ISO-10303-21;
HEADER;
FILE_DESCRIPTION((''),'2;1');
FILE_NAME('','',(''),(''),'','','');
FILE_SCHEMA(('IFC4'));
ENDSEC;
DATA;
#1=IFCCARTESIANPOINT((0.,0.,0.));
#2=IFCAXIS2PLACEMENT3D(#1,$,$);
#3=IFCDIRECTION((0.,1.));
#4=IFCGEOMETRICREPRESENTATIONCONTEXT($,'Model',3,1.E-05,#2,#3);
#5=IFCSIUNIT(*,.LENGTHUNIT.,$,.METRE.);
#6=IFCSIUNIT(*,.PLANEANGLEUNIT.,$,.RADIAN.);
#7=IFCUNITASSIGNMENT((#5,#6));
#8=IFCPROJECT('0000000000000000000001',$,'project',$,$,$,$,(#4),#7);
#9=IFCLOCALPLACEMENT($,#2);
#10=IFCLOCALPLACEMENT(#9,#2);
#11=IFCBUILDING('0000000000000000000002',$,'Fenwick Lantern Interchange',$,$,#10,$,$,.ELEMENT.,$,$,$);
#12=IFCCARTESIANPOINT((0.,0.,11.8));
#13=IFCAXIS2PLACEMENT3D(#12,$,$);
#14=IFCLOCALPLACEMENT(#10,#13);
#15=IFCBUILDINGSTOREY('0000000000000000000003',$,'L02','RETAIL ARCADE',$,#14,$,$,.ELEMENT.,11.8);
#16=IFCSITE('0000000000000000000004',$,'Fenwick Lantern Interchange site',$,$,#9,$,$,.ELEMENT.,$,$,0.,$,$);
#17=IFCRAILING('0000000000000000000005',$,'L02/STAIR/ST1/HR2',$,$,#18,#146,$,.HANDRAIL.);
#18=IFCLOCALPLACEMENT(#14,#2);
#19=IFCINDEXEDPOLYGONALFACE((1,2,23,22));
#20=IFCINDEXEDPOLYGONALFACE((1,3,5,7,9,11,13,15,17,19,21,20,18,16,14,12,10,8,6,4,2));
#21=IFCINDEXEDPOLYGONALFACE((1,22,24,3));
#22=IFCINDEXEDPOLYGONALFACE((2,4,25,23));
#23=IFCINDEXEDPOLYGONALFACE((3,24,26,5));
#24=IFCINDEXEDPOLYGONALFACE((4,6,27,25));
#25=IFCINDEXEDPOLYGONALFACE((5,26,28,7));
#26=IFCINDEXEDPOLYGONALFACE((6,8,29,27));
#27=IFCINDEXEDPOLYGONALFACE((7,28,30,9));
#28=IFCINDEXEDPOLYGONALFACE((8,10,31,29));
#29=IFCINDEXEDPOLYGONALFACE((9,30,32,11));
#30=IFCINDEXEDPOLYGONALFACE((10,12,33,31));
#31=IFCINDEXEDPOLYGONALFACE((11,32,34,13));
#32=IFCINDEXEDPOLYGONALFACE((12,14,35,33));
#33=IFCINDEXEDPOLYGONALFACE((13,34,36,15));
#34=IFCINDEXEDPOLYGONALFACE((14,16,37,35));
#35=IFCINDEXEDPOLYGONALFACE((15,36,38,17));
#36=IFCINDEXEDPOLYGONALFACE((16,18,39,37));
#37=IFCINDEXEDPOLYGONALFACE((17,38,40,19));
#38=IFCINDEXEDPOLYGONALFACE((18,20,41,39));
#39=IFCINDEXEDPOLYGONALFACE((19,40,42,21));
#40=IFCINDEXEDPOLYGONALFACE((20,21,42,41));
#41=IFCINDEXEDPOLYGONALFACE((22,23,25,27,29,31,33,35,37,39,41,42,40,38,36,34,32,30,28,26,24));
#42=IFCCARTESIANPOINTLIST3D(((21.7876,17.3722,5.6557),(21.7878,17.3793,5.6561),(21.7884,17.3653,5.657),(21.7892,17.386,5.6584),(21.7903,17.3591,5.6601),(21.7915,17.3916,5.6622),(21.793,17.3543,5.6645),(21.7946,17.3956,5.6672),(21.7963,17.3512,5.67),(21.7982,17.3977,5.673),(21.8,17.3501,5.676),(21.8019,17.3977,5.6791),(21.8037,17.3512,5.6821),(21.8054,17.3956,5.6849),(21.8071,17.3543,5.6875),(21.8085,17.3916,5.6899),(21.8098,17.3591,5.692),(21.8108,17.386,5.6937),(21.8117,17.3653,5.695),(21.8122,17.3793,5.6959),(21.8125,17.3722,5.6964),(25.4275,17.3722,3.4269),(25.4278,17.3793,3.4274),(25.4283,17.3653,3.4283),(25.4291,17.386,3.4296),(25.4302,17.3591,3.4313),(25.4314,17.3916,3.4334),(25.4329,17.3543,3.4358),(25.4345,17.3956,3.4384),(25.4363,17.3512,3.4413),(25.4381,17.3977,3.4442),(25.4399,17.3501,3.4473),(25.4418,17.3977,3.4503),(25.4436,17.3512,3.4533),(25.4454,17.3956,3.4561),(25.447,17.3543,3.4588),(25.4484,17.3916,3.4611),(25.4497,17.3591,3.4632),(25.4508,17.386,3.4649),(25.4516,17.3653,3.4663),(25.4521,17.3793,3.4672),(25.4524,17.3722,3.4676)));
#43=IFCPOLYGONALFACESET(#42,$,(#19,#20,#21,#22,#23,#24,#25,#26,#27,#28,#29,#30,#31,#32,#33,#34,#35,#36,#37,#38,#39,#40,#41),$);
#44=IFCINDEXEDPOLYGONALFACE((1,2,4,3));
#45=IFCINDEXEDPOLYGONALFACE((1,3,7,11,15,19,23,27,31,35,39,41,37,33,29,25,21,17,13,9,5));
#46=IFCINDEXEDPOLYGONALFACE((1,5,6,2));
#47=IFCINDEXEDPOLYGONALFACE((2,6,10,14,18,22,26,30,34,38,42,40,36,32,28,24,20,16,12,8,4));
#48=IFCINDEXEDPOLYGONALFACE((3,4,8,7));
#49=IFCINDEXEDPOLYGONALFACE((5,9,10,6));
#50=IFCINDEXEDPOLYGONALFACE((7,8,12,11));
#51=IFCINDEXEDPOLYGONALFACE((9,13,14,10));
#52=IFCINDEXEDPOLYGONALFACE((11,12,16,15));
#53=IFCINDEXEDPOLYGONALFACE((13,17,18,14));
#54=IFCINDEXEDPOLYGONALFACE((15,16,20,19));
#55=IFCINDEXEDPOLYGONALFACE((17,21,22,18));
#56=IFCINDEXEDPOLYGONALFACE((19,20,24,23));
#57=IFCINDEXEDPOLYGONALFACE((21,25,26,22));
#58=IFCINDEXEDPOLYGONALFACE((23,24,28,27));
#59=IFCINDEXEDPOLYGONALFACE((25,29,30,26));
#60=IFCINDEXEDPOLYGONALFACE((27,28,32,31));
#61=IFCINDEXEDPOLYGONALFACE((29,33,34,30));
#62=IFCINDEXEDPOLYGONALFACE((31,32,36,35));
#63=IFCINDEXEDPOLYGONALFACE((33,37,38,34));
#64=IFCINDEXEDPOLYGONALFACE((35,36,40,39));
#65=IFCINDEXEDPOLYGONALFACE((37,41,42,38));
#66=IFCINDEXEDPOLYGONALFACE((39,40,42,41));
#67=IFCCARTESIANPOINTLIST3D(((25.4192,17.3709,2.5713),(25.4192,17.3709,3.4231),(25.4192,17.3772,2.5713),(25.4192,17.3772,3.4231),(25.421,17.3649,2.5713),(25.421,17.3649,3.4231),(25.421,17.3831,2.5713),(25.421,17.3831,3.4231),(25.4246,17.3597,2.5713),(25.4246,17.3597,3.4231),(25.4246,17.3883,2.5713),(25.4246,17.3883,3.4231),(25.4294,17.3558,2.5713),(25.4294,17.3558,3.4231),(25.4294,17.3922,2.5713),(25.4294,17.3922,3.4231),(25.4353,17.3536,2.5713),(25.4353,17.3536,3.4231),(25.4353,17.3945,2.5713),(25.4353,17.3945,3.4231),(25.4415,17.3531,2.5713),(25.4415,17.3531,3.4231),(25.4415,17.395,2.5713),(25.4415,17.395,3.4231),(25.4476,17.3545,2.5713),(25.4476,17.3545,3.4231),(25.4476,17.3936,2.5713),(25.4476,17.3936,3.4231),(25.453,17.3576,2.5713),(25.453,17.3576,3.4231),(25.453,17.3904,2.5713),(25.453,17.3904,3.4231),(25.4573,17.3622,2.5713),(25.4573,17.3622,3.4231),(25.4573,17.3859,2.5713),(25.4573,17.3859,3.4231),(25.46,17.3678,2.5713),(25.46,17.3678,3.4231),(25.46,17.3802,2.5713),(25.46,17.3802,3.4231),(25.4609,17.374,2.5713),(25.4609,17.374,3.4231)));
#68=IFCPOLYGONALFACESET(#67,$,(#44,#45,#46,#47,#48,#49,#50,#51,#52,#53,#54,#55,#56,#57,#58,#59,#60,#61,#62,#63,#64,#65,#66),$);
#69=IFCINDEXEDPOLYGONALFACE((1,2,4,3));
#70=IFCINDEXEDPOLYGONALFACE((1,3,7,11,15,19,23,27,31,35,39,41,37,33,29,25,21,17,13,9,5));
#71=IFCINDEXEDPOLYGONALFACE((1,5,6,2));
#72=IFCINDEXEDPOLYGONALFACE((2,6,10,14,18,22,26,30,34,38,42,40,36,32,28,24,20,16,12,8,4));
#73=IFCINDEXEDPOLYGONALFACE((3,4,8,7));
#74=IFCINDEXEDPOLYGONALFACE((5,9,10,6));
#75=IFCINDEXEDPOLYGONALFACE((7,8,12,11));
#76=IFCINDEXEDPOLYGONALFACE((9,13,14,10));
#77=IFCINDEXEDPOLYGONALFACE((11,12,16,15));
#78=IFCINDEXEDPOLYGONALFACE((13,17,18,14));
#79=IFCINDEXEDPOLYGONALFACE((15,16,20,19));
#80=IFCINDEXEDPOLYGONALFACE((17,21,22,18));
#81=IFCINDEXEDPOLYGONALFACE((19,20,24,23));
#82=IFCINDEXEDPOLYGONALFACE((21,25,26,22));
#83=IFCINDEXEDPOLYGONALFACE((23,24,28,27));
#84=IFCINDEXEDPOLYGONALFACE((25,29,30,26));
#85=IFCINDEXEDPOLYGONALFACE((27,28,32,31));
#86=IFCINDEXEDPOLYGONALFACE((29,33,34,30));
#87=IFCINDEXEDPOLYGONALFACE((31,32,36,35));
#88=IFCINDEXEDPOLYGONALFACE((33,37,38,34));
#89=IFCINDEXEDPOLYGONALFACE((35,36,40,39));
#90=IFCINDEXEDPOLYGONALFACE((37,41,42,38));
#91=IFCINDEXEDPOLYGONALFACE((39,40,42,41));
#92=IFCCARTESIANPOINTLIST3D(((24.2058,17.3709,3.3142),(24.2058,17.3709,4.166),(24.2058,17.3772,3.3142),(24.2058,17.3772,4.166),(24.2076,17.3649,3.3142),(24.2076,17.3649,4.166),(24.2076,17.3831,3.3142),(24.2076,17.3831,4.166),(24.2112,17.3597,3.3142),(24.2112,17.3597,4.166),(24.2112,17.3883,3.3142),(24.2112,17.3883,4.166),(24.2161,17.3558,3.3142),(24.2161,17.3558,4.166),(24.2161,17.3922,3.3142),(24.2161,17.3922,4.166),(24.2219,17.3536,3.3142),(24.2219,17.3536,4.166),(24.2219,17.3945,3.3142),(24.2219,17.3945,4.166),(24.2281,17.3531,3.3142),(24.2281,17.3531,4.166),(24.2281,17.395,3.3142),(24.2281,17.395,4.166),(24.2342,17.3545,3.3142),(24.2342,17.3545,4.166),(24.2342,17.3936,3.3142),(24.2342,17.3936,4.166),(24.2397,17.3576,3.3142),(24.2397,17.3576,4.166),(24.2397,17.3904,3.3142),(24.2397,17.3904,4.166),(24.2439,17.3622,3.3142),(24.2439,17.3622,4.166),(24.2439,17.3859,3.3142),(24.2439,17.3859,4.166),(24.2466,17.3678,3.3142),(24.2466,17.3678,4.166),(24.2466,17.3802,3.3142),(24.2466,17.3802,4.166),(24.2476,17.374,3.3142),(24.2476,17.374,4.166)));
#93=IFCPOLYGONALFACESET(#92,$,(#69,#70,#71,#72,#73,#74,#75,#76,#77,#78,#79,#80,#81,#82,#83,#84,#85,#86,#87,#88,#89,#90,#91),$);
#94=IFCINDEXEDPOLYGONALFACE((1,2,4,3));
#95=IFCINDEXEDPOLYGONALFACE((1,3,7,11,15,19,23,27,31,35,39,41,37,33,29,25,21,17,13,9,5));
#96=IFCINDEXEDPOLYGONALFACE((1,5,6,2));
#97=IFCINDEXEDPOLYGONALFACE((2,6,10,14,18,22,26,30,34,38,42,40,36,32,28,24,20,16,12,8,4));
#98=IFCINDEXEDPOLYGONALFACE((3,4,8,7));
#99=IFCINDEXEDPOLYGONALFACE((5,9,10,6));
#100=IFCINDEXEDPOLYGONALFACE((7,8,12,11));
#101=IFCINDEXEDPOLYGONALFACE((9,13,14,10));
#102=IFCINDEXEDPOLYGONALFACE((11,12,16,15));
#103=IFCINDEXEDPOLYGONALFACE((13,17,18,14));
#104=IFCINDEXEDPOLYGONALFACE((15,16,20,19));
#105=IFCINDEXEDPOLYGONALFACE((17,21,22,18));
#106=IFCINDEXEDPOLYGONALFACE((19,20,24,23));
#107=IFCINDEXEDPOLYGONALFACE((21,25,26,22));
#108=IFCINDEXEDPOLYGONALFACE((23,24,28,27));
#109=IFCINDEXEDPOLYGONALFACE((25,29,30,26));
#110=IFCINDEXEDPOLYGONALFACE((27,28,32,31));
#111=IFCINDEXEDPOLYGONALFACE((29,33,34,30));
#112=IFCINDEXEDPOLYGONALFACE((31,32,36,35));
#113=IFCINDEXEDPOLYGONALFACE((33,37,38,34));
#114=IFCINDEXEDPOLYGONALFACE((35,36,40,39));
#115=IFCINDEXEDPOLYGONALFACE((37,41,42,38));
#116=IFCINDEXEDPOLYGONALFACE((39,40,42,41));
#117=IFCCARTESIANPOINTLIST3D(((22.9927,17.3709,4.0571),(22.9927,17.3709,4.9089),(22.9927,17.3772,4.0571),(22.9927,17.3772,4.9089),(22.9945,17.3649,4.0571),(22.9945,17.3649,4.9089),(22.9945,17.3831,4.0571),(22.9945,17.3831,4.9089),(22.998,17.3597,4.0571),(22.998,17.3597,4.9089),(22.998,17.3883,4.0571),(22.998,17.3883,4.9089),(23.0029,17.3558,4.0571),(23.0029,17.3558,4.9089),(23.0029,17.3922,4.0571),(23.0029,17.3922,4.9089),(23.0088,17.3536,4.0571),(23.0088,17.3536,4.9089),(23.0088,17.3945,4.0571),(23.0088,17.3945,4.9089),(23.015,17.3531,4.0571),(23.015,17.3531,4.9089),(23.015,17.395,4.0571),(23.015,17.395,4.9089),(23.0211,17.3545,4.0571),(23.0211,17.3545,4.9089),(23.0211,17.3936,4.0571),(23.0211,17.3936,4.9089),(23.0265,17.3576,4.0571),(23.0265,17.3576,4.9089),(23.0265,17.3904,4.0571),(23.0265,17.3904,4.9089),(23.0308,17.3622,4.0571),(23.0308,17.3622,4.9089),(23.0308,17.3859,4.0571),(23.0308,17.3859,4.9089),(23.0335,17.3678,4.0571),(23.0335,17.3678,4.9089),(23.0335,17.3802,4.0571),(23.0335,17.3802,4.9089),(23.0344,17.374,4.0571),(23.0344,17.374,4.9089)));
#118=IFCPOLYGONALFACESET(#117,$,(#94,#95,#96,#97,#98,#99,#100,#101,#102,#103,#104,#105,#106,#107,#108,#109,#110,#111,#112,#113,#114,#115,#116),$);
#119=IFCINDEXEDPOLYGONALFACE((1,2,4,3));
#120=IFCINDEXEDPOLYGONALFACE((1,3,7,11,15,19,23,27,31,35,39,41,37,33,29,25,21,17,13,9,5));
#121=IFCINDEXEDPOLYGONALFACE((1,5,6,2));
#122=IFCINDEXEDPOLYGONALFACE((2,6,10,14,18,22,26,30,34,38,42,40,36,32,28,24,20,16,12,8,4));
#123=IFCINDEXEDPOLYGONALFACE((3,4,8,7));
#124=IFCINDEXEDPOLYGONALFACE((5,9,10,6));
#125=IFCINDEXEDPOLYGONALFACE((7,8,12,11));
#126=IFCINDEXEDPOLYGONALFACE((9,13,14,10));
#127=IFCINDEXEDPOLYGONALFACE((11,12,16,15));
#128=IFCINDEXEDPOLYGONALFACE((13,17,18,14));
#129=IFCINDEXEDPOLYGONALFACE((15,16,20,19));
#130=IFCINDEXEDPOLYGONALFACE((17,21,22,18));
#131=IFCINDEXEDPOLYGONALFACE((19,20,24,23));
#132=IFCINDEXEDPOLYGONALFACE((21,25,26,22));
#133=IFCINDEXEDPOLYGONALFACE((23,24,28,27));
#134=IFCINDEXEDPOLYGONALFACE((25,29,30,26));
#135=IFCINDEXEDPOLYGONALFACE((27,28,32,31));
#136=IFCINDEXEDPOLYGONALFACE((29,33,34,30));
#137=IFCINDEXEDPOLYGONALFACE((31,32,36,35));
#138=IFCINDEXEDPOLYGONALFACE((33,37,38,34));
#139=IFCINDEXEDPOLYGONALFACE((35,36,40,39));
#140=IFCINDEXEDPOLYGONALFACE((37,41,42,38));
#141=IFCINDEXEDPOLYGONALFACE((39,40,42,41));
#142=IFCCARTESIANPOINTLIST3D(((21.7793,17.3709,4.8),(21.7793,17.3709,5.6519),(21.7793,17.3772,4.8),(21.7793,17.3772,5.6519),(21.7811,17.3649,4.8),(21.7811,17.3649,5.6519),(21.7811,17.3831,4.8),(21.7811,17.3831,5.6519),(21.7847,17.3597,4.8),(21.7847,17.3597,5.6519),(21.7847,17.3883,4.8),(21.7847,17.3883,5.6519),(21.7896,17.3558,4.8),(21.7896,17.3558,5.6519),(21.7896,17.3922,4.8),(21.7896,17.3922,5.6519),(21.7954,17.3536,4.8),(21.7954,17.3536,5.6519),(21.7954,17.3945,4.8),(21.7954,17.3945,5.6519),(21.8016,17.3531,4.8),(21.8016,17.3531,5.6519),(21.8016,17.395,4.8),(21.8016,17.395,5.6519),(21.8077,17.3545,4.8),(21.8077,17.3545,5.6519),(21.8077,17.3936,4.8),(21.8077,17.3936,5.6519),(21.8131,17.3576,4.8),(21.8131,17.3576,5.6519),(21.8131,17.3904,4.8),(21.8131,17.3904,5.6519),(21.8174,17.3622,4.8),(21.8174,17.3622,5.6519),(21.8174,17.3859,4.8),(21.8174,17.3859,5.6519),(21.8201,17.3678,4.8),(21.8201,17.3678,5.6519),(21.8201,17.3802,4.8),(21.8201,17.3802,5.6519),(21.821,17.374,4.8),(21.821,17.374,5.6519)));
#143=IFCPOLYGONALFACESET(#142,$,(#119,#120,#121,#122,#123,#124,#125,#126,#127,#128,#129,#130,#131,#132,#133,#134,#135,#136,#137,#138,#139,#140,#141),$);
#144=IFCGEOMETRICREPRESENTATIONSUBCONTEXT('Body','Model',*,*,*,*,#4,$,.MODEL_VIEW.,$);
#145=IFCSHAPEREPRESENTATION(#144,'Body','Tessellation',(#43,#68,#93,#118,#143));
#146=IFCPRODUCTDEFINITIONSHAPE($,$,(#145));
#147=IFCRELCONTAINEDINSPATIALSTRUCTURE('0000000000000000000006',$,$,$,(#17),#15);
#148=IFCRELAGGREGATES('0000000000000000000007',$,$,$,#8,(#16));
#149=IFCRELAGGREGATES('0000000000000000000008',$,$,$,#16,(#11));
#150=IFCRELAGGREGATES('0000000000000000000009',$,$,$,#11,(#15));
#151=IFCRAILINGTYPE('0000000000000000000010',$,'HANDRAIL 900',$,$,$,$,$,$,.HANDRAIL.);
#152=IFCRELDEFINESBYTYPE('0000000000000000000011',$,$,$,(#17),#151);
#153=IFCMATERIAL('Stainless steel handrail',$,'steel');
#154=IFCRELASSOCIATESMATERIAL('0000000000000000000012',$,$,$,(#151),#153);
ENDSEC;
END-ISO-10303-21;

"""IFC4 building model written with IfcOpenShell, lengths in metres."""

from ifc_helpers import new_model, si_unit, direction, frame, origin, origin_2d, place, context, subcontext, project, spatial, circle, extrude, material, type_object, element, save


model = new_model("IFC4")

# Units and contexts
model_context = context("Model", 3, precision=1e-05, world=origin(), true_north=direction((0.0, 1.0)))
body_context = subcontext(model_context, "Body", "Model", "MODEL_VIEW")
ifc_project = project(units=[si_unit("LENGTHUNIT", "METRE"), si_unit("PLANEANGLEUNIT", "RADIAN")], contexts=[model_context])

# Site, building, storey
site_placement = place(None, origin())
site = spatial("IfcSite", under=ifc_project, at=site_placement, Name="Fenwick Lantern Interchange site", CompositionType="ELEMENT", RefElevation=0.0)
building_placement = place(site_placement, origin())
building = spatial("IfcBuilding", under=site, at=building_placement, Name="Fenwick Lantern Interchange", CompositionType="ELEMENT")
storey_placement = place(building_placement, frame((0.0, 0.0, 11.8)))
storey = spatial("IfcBuildingStorey", under=building, at=storey_placement, Name="L02", Description="RETAIL ARCADE", CompositionType="ELEMENT", Elevation=11.8)

# Railing
ifc_material_1 = material(Name="Stainless steel handrail", Category="steel")
railing_type = type_object("IfcRailingType", Name="HANDRAIL 900", PredefinedType="HANDRAIL", material=ifc_material_1)
railing_1_placement = place(storey_placement, frame((25.4399, 17.374, 2.5713)))
element("IfcRailing", 1, at=railing_1_placement, inside=storey, type_object=railing_type, Name="L02/STAIR/ST1/HR2", PredefinedType="HANDRAIL", context=body_context, shape_type="SweptSolid", body=[
    extrude(circle(Radius=0.0239, at=origin_2d()), frame((0.0, 0.0, 0.876), z_axis=(-0.852825, 0.0, 0.522197), x_axis=(0.0, -1.0, 0.0)), (0.0, 0.0, 1.0), 4.2681),
    extrude(circle(Radius=0.021, at=origin_2d()), origin(), (0.0, 0.0, 1.0), 0.8518),
    extrude(circle(Radius=0.021, at=origin_2d()), frame((-1.2134, 0.0, 0.7429)), (0.0, 0.0, 1.0), 0.8518),
    extrude(circle(Radius=0.021, at=origin_2d()), frame((-2.4265, 0.0, 1.4858)), (0.0, 0.0, 1.0), 0.8518),
    extrude(circle(Radius=0.021, at=origin_2d()), frame((-3.6399, 0.0, 2.2288)), (0.0, 0.0, 1.0), 0.8518),
])

save(model, "model.ifc")
